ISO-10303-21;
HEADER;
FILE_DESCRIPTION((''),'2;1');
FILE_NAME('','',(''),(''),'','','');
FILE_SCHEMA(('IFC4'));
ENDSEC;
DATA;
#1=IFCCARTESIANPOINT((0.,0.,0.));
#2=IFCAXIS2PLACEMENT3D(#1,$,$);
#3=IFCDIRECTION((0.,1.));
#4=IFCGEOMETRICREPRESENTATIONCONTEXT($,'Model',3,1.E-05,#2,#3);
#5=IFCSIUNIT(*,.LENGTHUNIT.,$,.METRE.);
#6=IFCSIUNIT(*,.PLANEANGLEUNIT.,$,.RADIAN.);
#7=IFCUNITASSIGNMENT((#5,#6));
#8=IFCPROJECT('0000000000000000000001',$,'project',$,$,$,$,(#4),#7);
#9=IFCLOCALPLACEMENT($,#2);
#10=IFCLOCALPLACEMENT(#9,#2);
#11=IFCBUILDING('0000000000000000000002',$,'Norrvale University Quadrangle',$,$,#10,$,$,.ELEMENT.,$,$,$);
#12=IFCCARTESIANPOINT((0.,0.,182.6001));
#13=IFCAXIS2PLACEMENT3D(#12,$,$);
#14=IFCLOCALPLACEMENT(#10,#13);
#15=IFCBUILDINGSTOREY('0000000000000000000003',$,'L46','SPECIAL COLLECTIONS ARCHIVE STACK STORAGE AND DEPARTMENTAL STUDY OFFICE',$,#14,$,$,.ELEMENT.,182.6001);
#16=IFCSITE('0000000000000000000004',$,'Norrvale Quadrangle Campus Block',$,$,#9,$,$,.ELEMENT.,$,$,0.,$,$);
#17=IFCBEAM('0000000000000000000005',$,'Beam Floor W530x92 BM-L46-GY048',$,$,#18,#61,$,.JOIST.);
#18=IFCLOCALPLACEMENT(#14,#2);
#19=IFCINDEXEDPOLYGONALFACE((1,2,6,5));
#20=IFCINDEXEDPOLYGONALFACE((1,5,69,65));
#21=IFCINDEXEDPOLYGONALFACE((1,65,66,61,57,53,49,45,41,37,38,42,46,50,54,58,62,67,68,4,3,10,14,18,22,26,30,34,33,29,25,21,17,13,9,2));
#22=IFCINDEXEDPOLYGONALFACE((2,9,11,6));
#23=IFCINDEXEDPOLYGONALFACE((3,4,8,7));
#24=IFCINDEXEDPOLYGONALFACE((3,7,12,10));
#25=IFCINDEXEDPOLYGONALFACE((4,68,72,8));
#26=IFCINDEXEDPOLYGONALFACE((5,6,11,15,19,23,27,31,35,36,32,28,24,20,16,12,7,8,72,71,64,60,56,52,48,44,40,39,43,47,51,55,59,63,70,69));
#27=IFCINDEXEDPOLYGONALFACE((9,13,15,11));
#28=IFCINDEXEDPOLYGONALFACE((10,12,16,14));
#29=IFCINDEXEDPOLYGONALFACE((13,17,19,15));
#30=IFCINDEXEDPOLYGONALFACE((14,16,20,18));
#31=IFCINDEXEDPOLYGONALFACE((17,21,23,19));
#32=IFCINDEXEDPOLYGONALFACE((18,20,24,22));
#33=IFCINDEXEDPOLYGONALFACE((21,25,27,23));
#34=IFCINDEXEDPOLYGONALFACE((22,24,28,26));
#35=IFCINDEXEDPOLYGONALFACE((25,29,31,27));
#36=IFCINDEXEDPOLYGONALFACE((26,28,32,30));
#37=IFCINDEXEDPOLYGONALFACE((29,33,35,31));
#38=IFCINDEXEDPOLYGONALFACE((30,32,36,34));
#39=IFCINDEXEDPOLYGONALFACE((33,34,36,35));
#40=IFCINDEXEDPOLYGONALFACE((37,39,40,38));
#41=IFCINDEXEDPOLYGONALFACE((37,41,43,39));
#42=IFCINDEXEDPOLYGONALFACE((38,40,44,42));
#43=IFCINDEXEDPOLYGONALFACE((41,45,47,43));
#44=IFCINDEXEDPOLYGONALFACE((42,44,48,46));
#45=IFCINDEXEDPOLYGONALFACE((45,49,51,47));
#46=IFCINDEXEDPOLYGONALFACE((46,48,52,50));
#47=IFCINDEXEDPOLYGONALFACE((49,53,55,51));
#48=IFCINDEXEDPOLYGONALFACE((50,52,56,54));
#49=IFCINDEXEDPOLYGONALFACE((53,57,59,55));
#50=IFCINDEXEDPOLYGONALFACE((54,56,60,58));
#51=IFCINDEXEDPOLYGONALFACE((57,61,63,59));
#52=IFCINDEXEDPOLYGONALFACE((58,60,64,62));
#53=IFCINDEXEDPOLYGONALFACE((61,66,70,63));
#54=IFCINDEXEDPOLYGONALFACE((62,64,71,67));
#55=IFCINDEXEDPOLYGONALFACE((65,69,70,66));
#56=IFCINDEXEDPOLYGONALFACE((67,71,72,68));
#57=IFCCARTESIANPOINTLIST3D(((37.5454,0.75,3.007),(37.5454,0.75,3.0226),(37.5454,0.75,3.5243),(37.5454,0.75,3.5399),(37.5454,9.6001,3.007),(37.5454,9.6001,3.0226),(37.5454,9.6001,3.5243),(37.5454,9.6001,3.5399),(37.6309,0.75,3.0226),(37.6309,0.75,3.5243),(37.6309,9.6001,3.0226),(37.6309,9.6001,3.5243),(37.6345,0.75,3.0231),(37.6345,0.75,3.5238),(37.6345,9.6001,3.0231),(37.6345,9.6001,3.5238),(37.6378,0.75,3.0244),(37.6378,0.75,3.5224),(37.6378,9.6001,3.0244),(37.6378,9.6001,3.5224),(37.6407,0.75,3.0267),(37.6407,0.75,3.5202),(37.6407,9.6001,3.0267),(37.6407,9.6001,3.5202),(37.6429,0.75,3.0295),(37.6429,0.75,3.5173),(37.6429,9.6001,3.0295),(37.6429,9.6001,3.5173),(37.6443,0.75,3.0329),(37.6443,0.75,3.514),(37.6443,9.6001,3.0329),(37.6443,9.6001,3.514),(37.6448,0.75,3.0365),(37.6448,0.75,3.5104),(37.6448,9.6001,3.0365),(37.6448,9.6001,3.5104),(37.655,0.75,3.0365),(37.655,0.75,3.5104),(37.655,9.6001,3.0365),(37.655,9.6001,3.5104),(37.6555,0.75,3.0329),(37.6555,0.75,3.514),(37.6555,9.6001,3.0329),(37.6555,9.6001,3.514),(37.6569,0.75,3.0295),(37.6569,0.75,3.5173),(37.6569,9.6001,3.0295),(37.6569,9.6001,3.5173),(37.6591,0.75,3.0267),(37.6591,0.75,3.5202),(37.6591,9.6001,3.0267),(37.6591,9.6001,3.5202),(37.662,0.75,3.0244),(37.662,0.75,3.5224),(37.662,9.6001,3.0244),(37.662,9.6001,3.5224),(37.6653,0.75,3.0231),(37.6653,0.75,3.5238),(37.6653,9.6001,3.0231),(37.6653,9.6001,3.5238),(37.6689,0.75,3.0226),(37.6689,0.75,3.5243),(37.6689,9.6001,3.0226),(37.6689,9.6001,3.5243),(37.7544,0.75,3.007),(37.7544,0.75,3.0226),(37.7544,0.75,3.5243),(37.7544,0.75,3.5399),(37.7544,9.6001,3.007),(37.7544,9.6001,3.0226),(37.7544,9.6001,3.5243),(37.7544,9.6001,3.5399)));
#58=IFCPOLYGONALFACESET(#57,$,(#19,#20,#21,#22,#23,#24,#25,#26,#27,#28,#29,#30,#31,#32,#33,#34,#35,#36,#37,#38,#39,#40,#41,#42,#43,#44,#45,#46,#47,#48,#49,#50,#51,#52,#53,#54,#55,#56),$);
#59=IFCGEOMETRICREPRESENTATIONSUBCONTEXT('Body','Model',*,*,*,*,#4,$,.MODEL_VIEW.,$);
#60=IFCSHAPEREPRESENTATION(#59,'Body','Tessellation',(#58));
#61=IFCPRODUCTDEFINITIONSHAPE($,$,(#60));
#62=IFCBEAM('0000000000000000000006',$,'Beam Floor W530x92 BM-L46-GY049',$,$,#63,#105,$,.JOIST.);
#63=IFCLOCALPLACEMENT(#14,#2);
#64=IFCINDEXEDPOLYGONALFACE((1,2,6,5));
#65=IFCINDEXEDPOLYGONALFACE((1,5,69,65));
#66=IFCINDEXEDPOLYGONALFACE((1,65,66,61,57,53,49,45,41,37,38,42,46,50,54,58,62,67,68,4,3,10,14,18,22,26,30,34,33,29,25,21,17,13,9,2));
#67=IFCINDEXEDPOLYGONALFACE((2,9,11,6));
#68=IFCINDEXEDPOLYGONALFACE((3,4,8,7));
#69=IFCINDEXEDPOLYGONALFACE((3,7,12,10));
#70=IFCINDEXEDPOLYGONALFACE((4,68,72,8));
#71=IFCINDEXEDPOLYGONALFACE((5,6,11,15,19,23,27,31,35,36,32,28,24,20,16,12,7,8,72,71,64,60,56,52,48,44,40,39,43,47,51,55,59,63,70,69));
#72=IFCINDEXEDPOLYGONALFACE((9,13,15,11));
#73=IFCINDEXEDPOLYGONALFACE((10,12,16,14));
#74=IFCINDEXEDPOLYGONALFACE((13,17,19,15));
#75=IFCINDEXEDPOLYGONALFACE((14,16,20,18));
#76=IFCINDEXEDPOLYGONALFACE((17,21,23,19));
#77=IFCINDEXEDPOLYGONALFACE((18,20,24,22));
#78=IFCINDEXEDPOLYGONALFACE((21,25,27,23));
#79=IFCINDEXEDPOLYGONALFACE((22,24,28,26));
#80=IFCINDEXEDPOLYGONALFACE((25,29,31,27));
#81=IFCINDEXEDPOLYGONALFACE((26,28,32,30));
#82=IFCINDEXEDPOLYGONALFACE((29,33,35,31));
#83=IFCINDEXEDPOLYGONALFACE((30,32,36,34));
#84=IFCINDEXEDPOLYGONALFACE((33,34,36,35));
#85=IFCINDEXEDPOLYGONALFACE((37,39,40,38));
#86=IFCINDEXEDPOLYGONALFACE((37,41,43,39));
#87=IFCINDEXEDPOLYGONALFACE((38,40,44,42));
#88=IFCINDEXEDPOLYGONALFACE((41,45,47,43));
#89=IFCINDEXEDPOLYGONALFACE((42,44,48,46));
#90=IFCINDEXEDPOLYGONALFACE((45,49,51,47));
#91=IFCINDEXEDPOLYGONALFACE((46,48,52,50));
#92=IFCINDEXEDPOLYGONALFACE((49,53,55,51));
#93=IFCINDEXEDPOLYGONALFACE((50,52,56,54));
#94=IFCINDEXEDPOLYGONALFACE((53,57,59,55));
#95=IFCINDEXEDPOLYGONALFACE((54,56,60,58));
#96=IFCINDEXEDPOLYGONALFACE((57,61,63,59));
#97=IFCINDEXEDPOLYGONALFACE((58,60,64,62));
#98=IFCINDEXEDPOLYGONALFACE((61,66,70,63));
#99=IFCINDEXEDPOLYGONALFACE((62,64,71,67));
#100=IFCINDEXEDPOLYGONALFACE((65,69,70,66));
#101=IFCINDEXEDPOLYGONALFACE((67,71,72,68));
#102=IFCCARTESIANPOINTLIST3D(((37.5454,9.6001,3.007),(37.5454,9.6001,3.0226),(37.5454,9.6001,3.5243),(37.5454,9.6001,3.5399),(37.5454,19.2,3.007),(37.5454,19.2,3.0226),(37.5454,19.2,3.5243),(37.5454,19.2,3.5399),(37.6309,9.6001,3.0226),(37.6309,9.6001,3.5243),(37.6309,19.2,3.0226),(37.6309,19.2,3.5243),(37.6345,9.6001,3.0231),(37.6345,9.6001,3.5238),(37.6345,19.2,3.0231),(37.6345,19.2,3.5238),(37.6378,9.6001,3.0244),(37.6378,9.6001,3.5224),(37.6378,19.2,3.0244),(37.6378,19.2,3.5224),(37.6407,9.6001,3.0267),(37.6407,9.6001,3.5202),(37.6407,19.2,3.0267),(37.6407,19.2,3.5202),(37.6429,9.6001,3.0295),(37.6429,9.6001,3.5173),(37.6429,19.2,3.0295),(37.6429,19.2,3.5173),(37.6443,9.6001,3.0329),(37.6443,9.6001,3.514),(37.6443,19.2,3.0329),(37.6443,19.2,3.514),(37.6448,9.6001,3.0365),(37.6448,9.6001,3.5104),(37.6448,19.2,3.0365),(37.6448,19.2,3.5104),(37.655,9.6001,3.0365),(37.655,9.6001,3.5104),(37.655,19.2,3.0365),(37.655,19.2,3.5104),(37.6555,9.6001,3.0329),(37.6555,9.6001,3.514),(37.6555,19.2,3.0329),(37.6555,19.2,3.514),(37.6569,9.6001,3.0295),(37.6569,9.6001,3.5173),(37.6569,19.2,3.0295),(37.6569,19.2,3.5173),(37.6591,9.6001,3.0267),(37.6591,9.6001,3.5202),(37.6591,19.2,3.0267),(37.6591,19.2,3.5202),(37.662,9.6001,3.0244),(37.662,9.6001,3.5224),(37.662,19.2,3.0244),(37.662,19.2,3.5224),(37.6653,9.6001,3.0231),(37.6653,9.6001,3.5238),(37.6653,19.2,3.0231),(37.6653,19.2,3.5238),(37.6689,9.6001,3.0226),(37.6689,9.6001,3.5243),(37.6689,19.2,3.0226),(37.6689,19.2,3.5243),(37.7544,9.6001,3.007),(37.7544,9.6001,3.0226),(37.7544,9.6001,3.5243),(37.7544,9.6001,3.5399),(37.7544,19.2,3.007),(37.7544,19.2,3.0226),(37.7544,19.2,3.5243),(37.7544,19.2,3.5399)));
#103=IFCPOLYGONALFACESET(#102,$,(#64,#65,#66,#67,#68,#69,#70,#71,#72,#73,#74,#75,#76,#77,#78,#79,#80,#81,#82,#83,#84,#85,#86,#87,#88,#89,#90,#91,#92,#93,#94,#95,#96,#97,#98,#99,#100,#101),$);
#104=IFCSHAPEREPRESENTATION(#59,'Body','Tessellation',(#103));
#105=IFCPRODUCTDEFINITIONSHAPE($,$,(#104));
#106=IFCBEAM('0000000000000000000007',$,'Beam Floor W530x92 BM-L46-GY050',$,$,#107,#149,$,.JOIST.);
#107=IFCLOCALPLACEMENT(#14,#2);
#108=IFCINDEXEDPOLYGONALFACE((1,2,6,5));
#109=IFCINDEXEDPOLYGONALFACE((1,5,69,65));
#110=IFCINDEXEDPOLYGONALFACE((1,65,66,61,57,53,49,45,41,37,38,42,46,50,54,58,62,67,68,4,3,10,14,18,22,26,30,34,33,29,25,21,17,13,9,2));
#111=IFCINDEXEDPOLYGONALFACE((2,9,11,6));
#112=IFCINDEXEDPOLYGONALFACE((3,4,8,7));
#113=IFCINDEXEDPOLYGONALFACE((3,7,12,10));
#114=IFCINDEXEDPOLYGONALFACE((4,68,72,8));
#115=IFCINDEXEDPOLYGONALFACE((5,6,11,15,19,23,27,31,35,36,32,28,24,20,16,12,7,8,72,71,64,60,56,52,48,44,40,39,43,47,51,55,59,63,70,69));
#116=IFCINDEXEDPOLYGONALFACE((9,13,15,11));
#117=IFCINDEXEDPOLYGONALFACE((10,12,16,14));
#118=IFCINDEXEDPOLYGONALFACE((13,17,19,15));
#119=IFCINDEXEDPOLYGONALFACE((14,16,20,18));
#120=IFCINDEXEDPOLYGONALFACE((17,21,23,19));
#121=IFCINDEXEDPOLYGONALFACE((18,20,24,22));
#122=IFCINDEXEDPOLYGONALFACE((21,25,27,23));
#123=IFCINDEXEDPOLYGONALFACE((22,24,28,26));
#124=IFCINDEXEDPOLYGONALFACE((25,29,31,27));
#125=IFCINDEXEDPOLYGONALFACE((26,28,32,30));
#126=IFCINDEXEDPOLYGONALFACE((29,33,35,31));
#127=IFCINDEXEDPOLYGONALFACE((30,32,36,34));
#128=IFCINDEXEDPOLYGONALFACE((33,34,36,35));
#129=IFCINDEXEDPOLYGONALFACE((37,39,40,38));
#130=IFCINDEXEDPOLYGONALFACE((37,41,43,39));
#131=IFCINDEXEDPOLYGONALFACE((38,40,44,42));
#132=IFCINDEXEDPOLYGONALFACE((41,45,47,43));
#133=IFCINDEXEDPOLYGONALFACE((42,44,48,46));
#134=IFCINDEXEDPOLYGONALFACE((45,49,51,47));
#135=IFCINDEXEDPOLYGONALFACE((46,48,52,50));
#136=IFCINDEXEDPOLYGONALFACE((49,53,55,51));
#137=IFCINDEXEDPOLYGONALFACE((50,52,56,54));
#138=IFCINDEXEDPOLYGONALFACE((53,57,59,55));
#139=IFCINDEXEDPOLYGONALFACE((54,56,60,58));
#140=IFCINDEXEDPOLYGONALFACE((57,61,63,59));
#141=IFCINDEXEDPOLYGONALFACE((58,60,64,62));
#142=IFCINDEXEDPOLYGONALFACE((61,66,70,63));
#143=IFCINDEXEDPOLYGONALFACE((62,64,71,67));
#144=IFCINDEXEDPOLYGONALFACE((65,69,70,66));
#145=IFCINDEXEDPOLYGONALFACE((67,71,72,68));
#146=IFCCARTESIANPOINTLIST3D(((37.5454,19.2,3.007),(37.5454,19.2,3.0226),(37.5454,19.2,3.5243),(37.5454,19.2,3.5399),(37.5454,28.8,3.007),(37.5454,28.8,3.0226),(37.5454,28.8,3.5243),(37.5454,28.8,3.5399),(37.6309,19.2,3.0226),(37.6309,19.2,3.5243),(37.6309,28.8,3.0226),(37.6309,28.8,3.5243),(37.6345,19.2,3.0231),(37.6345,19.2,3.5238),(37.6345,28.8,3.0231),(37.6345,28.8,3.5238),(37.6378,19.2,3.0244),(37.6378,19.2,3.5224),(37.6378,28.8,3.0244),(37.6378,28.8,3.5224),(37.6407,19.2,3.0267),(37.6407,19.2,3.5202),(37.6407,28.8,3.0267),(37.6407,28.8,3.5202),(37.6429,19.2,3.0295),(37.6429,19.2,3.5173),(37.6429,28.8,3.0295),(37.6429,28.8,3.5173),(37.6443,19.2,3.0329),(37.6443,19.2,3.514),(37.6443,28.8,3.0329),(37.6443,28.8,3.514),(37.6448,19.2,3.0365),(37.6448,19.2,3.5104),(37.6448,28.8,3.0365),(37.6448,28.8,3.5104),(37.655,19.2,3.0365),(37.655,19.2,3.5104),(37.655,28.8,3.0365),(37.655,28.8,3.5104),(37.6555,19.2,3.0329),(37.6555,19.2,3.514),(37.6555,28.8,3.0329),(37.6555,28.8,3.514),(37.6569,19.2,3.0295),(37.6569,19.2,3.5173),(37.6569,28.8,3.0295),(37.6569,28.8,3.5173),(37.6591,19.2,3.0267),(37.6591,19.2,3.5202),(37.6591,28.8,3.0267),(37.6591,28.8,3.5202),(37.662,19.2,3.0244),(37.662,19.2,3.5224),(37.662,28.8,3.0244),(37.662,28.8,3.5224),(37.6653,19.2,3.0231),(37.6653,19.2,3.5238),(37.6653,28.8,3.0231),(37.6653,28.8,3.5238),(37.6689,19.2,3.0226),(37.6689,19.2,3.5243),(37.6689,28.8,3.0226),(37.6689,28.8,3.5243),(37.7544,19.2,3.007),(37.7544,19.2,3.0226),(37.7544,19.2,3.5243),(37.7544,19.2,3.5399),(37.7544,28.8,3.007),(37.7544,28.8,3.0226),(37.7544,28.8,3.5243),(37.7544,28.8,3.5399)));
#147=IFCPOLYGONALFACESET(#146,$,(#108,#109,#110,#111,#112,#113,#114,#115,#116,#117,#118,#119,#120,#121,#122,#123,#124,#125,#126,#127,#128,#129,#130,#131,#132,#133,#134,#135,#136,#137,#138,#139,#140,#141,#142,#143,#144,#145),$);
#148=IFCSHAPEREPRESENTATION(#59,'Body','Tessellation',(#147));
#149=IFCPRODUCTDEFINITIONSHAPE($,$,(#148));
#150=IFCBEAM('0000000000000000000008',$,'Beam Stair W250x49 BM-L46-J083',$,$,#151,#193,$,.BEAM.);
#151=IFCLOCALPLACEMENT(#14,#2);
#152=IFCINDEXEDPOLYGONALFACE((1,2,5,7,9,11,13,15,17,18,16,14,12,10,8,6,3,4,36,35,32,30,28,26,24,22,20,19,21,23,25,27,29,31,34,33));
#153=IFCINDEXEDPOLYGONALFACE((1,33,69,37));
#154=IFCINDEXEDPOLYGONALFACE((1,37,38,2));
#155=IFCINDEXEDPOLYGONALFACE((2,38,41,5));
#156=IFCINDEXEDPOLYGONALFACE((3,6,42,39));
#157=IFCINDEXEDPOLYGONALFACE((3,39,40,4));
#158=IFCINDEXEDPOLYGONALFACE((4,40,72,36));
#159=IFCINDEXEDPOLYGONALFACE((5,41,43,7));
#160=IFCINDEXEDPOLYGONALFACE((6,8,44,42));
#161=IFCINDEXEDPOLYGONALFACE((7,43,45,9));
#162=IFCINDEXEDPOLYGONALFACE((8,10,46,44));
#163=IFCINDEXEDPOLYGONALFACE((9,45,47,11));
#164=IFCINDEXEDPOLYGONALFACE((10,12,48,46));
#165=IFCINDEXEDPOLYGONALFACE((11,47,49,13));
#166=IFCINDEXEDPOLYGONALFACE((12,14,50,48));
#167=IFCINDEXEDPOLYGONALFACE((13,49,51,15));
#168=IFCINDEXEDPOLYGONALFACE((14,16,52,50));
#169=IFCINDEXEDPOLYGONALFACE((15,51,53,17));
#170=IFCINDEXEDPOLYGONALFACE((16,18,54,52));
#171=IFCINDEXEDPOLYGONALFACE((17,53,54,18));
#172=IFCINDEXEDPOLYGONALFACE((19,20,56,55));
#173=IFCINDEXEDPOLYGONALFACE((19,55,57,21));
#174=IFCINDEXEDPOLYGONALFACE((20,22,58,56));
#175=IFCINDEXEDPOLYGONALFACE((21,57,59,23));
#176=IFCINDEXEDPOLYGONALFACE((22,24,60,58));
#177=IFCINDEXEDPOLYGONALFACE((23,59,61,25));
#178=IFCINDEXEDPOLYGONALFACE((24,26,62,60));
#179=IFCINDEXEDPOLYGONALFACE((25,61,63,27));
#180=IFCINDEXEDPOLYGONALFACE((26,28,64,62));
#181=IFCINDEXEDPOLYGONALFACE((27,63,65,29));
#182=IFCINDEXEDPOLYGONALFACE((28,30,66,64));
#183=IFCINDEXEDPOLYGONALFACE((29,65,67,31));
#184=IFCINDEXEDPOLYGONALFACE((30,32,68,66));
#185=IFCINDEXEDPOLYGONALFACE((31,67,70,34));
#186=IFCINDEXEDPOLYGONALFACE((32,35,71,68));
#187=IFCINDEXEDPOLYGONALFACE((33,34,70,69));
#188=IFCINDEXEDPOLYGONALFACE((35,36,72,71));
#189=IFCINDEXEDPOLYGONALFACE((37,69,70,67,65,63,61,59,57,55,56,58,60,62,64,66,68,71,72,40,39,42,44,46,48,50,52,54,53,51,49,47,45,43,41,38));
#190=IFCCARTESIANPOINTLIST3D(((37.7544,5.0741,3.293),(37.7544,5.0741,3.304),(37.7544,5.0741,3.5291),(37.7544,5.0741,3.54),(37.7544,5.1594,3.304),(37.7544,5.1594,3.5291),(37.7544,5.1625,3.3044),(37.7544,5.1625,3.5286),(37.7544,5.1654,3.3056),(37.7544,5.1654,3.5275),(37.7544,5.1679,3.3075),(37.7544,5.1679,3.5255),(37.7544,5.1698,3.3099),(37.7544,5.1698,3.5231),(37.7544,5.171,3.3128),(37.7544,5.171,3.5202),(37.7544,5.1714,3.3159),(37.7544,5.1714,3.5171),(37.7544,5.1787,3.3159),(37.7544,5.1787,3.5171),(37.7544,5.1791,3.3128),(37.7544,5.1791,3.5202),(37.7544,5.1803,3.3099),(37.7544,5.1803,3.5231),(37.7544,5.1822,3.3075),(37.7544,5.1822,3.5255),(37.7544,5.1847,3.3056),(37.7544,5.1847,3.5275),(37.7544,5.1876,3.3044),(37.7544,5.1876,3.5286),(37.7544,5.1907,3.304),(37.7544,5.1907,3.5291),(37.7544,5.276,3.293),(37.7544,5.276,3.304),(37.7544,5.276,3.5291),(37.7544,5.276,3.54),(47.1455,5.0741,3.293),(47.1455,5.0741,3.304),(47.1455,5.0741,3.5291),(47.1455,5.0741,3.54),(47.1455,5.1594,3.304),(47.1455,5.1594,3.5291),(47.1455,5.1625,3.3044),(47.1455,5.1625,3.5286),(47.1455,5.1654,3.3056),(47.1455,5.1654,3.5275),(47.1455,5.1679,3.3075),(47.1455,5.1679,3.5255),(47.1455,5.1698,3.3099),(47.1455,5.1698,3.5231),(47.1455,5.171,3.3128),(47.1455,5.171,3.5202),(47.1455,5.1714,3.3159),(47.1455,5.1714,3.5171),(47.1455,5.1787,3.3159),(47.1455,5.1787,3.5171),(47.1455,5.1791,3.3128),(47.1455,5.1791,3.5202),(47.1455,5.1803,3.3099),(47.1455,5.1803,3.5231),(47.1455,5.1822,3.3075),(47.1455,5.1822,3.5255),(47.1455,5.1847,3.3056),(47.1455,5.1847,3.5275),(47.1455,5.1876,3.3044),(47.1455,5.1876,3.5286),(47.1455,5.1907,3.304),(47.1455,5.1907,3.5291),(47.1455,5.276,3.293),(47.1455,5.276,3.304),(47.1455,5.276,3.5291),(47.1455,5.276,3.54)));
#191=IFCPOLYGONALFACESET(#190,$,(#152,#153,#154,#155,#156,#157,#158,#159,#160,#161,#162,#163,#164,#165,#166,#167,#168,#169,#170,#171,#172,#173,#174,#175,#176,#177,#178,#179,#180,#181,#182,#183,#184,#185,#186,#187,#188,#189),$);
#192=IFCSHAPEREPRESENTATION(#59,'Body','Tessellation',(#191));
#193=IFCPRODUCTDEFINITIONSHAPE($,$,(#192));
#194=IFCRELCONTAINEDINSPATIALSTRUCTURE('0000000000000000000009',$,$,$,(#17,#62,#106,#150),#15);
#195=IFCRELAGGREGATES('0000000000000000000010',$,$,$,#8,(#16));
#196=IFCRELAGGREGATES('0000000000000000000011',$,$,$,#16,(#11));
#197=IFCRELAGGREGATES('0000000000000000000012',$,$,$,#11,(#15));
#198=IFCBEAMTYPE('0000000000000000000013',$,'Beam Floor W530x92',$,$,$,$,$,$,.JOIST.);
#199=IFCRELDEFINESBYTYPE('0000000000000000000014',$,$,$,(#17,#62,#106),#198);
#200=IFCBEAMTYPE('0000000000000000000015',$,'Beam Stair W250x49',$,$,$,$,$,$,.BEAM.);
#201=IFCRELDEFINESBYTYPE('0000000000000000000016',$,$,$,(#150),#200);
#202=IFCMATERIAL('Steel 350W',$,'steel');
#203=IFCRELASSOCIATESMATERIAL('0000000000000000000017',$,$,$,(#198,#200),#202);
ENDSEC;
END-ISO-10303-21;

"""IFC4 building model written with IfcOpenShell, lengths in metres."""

from ifc_helpers import new_model, si_unit, direction, frame, origin, origin_2d, place, context, subcontext, project, spatial, i_section, extrude, material, material_profile, profile_set, type_object, element, save


model = new_model("IFC4")

# Units and contexts
model_context = context("Model", 3, precision=1e-05, world=origin(), true_north=direction((0.0, 1.0)))
body_context = subcontext(model_context, "Body", "Model", "MODEL_VIEW")
ifc_project = project(units=[si_unit("LENGTHUNIT", "METRE"), si_unit("PLANEANGLEUNIT", "RADIAN")], contexts=[model_context])

# Site, building, storey
site_placement = place(None, origin())
site = spatial("IfcSite", under=ifc_project, at=site_placement, Name="Norrvale Quadrangle Campus Block", CompositionType="ELEMENT", RefElevation=0.0)
building_placement = place(site_placement, origin())
building = spatial("IfcBuilding", under=site, at=building_placement, Name="Norrvale University Quadrangle", CompositionType="ELEMENT")
storey_placement = place(building_placement, frame((0.0, 0.0, 182.6001)))
storey = spatial("IfcBuildingStorey", under=building, at=storey_placement, Name="L46", Description="SPECIAL COLLECTIONS ARCHIVE STACK STORAGE AND DEPARTMENTAL STUDY OFFICE", CompositionType="ELEMENT", Elevation=182.6001)

# Beams
ifc_material_1 = material(Name="Steel 350W", Category="steel")
ifc_material_profile_1 = material_profile(ifc_material_1, i_section(OverallWidth=0.209, OverallDepth=0.533, WebThickness=0.0103, FlangeThickness=0.0156, FilletRadius=0.0139, at=origin_2d()), Name="Steel 350W")
ifc_profile_set_1 = profile_set([ifc_material_profile_1], Name="Steel 350W")
beam_type_1 = type_object("IfcBeamType", Name="Beam Floor W530x92", PredefinedType="JOIST", material=ifc_profile_set_1)
beam_1_placement = place(storey_placement, frame((37.6499, 0.75, 3.2734), z_axis=(0.0, 1.0, 0.0), x_axis=(-1.0, 0.0, 0.0)))
element("IfcBeam", 1, at=beam_1_placement, inside=storey, type_object=beam_type_1, Name="Beam Floor W530x92 BM-L46-GY048", PredefinedType="JOIST", context=body_context, shape_type="SweptSolid", body=[
    extrude(i_section(OverallWidth=0.209, OverallDepth=0.533, WebThickness=0.0103, FlangeThickness=0.0156, FilletRadius=0.0139, at=origin_2d()), origin(), (0.0, 0.0, 1.0), 8.8501),
])
beam_2_placement = place(storey_placement, frame((37.6499, 9.6001, 3.2734), z_axis=(0.0, 1.0, 0.0), x_axis=(-1.0, 0.0, 0.0)))
element("IfcBeam", 2, at=beam_2_placement, inside=storey, type_object=beam_type_1, Name="Beam Floor W530x92 BM-L46-GY049", PredefinedType="JOIST", context=body_context, shape_type="SweptSolid", body=[
    extrude(i_section(OverallWidth=0.209, OverallDepth=0.533, WebThickness=0.0103, FlangeThickness=0.0156, FilletRadius=0.0139, at=origin_2d()), origin(), (0.0, 0.0, 1.0), 9.5999),
])
beam_3_placement = place(storey_placement, frame((37.6499, 19.2, 3.2734), z_axis=(0.0, 1.0, 0.0), x_axis=(-1.0, 0.0, 0.0)))
element("IfcBeam", 3, at=beam_3_placement, inside=storey, type_object=beam_type_1, Name="Beam Floor W530x92 BM-L46-GY050", PredefinedType="JOIST", context=body_context, shape_type="SweptSolid", body=[
    extrude(i_section(OverallWidth=0.209, OverallDepth=0.533, WebThickness=0.0103, FlangeThickness=0.0156, FilletRadius=0.0139, at=origin_2d()), origin(), (0.0, 0.0, 1.0), 9.6001),
])
ifc_material_profile_2 = material_profile(ifc_material_1, i_section(OverallWidth=0.2019, OverallDepth=0.2471, WebThickness=0.0073, FlangeThickness=0.011, FilletRadius=0.012, at=origin_2d()), Name="Steel 350W")
ifc_profile_set_2 = profile_set([ifc_material_profile_2], Name="Steel 350W")
beam_type_2 = type_object("IfcBeamType", Name="Beam Stair W250x49", PredefinedType="BEAM", material=ifc_profile_set_2)
beam_4_placement = place(storey_placement, frame((37.7544, 5.175, 3.4165), z_axis=(1.0, 0.0, 0.0), x_axis=(0.0, 1.0, 0.0)))
element("IfcBeam", 4, at=beam_4_placement, inside=storey, type_object=beam_type_2, Name="Beam Stair W250x49 BM-L46-J083", PredefinedType="BEAM", context=body_context, shape_type="SweptSolid", body=[
    extrude(i_section(OverallWidth=0.2019, OverallDepth=0.2471, WebThickness=0.0073, FlangeThickness=0.011, FilletRadius=0.012, at=origin_2d()), origin(), (0.0, 0.0, 1.0), 9.3911),
])

save(model, "model.ifc")
